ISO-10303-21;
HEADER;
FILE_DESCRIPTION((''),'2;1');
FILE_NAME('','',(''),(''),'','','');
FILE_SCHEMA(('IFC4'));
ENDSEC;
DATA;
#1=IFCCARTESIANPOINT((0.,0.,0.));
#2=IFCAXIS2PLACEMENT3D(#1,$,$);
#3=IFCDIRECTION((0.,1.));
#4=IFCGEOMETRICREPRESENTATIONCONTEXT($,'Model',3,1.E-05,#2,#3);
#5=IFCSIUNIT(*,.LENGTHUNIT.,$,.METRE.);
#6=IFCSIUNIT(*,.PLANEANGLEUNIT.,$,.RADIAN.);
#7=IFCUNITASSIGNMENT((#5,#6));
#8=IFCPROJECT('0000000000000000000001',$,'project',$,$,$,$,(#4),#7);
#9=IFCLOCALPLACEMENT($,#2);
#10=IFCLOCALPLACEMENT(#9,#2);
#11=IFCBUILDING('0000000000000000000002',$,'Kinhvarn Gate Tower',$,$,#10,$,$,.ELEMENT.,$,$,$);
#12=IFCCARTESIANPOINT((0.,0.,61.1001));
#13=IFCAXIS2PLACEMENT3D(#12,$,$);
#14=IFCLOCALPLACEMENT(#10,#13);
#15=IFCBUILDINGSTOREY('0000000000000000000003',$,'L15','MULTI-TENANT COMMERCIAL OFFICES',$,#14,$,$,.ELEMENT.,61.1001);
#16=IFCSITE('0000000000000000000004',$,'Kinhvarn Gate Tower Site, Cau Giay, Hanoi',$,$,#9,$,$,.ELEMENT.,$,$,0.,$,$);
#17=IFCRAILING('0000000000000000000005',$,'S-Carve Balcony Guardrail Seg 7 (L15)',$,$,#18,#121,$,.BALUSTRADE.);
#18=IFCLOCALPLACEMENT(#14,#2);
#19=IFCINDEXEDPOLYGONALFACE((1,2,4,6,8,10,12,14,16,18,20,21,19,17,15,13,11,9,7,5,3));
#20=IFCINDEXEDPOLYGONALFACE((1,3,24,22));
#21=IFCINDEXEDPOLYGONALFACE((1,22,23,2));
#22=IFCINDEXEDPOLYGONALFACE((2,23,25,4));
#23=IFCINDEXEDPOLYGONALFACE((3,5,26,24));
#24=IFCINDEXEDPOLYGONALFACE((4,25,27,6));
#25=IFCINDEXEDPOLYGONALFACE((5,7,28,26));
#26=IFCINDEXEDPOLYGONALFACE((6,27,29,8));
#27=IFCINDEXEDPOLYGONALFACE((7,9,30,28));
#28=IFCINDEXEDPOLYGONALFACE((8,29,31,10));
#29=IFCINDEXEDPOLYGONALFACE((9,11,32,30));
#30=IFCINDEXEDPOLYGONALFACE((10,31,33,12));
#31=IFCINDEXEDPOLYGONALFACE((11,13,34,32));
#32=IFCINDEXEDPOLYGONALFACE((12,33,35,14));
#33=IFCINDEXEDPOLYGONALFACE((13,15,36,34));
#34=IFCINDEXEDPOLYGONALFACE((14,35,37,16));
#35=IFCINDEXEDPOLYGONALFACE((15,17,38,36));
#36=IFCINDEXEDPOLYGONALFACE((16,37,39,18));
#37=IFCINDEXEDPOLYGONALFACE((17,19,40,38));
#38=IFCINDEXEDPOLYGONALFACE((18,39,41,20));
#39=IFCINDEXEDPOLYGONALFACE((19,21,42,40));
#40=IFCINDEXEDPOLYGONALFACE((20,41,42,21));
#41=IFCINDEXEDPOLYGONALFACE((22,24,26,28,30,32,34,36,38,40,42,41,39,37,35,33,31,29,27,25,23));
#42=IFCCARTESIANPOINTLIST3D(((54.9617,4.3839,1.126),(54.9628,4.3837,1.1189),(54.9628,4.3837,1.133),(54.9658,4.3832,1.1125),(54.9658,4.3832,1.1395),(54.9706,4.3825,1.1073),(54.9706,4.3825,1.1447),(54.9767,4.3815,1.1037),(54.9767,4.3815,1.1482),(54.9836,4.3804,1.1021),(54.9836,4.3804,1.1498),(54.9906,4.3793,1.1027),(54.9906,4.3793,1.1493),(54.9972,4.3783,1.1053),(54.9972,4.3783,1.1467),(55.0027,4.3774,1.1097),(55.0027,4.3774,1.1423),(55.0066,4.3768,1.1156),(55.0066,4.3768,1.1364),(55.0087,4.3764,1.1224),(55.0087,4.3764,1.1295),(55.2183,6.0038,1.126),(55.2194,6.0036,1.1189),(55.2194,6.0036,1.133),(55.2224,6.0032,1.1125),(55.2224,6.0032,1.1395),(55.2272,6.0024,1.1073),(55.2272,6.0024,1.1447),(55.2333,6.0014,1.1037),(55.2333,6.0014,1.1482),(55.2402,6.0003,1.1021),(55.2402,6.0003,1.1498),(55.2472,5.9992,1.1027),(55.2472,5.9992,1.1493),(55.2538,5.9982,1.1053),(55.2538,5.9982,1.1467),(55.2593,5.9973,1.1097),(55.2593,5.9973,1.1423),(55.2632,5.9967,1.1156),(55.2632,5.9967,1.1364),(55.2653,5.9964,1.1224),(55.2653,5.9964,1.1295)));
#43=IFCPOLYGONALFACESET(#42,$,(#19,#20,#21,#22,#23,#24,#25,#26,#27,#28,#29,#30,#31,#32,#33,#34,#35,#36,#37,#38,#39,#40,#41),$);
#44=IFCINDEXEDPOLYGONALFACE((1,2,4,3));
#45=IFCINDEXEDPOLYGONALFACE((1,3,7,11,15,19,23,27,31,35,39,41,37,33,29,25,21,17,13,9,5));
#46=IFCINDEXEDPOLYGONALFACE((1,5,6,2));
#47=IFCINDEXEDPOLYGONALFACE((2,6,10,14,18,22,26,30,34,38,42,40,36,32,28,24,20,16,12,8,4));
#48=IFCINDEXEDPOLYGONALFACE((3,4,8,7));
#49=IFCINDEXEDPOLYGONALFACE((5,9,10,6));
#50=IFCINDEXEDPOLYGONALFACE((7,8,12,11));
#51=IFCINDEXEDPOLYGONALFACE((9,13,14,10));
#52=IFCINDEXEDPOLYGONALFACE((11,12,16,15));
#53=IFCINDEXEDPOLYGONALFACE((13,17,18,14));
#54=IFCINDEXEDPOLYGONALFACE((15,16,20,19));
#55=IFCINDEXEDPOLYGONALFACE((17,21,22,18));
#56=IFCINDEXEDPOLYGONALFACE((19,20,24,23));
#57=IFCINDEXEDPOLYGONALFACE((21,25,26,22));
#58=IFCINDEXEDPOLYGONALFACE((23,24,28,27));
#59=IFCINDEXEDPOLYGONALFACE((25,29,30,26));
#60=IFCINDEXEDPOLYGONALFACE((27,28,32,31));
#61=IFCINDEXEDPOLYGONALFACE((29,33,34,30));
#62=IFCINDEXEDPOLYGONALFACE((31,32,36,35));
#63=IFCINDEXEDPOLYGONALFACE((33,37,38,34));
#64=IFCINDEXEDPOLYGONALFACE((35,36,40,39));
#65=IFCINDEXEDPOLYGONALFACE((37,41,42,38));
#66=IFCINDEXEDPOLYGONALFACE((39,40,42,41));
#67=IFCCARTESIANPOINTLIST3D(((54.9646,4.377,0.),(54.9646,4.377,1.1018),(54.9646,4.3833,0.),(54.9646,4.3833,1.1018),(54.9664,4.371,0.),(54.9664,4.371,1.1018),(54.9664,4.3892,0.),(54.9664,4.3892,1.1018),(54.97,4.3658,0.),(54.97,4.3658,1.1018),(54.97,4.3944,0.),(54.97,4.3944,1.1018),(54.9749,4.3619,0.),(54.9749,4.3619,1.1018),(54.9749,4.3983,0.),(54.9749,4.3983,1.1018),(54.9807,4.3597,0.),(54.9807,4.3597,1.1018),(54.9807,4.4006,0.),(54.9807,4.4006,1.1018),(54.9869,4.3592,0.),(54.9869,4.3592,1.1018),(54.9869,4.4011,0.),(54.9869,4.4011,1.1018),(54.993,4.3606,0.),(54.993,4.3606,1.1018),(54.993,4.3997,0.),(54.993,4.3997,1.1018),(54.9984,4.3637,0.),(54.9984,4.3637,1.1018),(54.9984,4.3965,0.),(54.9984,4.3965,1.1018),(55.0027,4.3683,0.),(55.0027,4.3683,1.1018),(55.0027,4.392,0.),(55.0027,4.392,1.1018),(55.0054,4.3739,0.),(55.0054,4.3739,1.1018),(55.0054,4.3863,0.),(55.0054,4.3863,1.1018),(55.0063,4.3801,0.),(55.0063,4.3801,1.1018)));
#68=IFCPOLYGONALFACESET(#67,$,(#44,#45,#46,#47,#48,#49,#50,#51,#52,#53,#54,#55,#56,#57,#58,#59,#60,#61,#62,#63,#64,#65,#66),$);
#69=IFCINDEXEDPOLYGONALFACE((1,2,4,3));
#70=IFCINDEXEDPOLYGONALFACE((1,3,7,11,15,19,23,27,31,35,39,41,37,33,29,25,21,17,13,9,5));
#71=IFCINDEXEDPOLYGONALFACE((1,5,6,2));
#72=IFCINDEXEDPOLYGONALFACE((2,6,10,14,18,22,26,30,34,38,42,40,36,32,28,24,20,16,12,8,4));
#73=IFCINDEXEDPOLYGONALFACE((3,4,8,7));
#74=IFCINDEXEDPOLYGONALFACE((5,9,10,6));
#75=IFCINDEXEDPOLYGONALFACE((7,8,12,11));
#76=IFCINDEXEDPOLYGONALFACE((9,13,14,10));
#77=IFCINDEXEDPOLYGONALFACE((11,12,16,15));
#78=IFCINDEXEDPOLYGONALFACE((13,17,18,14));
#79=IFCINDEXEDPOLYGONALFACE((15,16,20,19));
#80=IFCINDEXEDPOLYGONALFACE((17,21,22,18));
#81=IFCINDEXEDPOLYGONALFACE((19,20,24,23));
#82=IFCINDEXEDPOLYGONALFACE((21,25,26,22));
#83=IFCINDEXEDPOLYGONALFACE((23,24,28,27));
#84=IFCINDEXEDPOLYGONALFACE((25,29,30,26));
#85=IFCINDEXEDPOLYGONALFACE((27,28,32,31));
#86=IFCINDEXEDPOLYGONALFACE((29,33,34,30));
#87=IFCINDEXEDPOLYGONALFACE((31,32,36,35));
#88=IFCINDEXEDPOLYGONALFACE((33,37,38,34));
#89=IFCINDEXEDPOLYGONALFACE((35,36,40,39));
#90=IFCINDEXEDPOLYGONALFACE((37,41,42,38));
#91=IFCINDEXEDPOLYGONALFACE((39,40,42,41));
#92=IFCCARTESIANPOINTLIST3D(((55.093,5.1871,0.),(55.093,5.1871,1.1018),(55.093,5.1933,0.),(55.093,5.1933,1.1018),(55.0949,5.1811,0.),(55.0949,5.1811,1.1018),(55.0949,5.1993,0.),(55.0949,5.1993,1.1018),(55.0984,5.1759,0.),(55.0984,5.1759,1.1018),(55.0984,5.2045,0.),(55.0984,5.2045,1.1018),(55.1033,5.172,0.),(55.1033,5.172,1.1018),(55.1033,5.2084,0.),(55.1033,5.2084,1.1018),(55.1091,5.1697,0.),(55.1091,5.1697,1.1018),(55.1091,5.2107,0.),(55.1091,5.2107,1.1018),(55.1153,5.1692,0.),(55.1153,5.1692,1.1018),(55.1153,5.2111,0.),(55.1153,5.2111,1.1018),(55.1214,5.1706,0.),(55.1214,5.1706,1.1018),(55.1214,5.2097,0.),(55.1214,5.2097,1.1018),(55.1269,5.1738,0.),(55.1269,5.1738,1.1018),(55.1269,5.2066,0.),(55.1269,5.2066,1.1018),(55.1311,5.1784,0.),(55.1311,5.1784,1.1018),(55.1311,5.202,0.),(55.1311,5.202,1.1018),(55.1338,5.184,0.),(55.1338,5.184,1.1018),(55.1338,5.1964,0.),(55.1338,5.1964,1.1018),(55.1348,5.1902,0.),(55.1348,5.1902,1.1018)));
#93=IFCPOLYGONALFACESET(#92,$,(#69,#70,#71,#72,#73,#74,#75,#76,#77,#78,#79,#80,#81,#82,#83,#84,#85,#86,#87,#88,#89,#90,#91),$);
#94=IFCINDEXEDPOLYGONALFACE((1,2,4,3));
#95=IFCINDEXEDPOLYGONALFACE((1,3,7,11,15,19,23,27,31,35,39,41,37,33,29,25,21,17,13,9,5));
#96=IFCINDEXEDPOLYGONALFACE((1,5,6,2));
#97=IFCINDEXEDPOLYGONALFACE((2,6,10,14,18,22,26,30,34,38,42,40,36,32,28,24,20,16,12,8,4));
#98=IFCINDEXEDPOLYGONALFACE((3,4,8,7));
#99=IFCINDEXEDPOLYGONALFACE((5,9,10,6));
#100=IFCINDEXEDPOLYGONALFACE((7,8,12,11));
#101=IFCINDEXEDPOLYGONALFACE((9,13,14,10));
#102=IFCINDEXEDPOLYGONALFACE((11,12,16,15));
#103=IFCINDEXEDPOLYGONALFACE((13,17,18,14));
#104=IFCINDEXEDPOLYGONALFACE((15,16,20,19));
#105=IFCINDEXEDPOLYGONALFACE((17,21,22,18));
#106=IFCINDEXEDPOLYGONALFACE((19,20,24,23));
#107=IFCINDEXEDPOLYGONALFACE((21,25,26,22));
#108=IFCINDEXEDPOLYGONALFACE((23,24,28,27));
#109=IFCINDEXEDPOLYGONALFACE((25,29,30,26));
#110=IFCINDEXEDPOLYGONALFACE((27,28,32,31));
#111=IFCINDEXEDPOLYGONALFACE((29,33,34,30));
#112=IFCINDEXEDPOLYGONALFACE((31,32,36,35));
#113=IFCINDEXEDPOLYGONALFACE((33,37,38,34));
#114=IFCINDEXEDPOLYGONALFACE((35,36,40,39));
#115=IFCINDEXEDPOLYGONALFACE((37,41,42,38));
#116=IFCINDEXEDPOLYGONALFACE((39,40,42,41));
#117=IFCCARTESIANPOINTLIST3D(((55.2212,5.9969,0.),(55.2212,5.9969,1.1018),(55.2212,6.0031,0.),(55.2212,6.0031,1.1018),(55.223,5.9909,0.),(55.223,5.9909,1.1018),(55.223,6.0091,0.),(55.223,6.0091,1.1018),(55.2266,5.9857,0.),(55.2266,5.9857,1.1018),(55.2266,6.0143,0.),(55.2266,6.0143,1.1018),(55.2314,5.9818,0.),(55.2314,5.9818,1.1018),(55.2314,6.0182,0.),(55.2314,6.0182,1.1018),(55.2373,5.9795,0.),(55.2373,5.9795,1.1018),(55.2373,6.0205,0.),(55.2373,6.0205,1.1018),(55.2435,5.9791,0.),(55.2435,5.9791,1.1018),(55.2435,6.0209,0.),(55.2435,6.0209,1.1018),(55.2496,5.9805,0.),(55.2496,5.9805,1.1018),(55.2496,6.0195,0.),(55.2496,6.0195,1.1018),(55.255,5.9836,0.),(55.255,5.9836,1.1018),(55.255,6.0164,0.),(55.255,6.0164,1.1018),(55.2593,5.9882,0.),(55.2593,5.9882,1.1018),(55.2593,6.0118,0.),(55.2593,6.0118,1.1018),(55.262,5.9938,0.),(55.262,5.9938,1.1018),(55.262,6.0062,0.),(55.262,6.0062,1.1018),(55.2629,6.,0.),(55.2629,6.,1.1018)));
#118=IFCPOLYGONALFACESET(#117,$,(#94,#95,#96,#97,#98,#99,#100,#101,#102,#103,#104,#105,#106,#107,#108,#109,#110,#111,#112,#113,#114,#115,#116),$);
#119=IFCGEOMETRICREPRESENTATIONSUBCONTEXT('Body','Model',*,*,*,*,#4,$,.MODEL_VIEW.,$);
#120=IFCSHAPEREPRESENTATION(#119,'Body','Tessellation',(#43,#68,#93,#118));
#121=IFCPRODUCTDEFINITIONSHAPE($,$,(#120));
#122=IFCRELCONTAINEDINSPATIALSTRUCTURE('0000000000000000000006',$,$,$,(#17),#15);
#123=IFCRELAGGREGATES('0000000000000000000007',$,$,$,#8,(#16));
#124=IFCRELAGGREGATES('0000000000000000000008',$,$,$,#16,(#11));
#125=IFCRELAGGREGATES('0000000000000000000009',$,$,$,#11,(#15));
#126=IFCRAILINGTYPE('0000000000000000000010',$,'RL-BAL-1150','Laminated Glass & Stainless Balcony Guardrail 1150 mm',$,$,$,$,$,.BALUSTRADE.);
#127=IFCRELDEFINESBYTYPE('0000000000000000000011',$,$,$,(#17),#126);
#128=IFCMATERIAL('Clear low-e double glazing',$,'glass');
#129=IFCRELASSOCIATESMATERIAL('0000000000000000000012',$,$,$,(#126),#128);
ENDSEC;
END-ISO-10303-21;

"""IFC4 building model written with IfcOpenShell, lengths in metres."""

from ifc_helpers import new_model, si_unit, direction, frame, origin, origin_2d, place, context, subcontext, project, spatial, circle, extrude, material, type_object, element, save


model = new_model("IFC4")

# Units and contexts
model_context = context("Model", 3, precision=1e-05, world=origin(), true_north=direction((0.0, 1.0)))
body_context = subcontext(model_context, "Body", "Model", "MODEL_VIEW")
ifc_project = project(units=[si_unit("LENGTHUNIT", "METRE"), si_unit("PLANEANGLEUNIT", "RADIAN")], contexts=[model_context])

# Site, building, storey
site_placement = place(None, origin())
site = spatial("IfcSite", under=ifc_project, at=site_placement, Name="Kinhvarn Gate Tower Site, Cau Giay, Hanoi", CompositionType="ELEMENT", RefElevation=0.0)
building_placement = place(site_placement, origin())
building = spatial("IfcBuilding", under=site, at=building_placement, Name="Kinhvarn Gate Tower", CompositionType="ELEMENT")
storey_placement = place(building_placement, frame((0.0, 0.0, 61.1001)))
storey = spatial("IfcBuildingStorey", under=building, at=storey_placement, Name="L15", Description="MULTI-TENANT COMMERCIAL OFFICES", CompositionType="ELEMENT", Elevation=61.1001)

# Shared definitions
ifc_material_1 = material(Name="Clear low-e double glazing", Category="glass")

# Railing
railing_type = type_object("IfcRailingType", Name="RL-BAL-1150", Description="Laminated Glass & Stainless Balcony Guardrail 1150 mm", PredefinedType="BALUSTRADE", material=ifc_material_1)
railing_1_placement = place(storey_placement, frame((54.9854, 4.3801, 0.0)))
element("IfcRailing", 1, at=railing_1_placement, inside=storey, type_object=railing_type, Name="S-Carve Balcony Guardrail Seg 7 (L15)", PredefinedType="BALUSTRADE", context=body_context, shape_type="SweptSolid", body=[
    extrude(circle(Radius=0.0239, at=origin_2d()), frame((0.0, 0.0, 1.126), z_axis=(0.156452, 0.987686, 0.0), x_axis=(-0.987686, 0.156452, 0.0)), (0.0, 0.0, 1.0), 1.6401),
    extrude(circle(Radius=0.021, at=origin_2d()), origin(), (0.0, 0.0, 1.0), 1.1018),
    extrude(circle(Radius=0.021, at=origin_2d()), frame((0.1284, 0.8101, 0.0)), (0.0, 0.0, 1.0), 1.1018),
    extrude(circle(Radius=0.021, at=origin_2d()), frame((0.2566, 1.6199, 0.0)), (0.0, 0.0, 1.0), 1.1018),
])

save(model, "model.ifc")
